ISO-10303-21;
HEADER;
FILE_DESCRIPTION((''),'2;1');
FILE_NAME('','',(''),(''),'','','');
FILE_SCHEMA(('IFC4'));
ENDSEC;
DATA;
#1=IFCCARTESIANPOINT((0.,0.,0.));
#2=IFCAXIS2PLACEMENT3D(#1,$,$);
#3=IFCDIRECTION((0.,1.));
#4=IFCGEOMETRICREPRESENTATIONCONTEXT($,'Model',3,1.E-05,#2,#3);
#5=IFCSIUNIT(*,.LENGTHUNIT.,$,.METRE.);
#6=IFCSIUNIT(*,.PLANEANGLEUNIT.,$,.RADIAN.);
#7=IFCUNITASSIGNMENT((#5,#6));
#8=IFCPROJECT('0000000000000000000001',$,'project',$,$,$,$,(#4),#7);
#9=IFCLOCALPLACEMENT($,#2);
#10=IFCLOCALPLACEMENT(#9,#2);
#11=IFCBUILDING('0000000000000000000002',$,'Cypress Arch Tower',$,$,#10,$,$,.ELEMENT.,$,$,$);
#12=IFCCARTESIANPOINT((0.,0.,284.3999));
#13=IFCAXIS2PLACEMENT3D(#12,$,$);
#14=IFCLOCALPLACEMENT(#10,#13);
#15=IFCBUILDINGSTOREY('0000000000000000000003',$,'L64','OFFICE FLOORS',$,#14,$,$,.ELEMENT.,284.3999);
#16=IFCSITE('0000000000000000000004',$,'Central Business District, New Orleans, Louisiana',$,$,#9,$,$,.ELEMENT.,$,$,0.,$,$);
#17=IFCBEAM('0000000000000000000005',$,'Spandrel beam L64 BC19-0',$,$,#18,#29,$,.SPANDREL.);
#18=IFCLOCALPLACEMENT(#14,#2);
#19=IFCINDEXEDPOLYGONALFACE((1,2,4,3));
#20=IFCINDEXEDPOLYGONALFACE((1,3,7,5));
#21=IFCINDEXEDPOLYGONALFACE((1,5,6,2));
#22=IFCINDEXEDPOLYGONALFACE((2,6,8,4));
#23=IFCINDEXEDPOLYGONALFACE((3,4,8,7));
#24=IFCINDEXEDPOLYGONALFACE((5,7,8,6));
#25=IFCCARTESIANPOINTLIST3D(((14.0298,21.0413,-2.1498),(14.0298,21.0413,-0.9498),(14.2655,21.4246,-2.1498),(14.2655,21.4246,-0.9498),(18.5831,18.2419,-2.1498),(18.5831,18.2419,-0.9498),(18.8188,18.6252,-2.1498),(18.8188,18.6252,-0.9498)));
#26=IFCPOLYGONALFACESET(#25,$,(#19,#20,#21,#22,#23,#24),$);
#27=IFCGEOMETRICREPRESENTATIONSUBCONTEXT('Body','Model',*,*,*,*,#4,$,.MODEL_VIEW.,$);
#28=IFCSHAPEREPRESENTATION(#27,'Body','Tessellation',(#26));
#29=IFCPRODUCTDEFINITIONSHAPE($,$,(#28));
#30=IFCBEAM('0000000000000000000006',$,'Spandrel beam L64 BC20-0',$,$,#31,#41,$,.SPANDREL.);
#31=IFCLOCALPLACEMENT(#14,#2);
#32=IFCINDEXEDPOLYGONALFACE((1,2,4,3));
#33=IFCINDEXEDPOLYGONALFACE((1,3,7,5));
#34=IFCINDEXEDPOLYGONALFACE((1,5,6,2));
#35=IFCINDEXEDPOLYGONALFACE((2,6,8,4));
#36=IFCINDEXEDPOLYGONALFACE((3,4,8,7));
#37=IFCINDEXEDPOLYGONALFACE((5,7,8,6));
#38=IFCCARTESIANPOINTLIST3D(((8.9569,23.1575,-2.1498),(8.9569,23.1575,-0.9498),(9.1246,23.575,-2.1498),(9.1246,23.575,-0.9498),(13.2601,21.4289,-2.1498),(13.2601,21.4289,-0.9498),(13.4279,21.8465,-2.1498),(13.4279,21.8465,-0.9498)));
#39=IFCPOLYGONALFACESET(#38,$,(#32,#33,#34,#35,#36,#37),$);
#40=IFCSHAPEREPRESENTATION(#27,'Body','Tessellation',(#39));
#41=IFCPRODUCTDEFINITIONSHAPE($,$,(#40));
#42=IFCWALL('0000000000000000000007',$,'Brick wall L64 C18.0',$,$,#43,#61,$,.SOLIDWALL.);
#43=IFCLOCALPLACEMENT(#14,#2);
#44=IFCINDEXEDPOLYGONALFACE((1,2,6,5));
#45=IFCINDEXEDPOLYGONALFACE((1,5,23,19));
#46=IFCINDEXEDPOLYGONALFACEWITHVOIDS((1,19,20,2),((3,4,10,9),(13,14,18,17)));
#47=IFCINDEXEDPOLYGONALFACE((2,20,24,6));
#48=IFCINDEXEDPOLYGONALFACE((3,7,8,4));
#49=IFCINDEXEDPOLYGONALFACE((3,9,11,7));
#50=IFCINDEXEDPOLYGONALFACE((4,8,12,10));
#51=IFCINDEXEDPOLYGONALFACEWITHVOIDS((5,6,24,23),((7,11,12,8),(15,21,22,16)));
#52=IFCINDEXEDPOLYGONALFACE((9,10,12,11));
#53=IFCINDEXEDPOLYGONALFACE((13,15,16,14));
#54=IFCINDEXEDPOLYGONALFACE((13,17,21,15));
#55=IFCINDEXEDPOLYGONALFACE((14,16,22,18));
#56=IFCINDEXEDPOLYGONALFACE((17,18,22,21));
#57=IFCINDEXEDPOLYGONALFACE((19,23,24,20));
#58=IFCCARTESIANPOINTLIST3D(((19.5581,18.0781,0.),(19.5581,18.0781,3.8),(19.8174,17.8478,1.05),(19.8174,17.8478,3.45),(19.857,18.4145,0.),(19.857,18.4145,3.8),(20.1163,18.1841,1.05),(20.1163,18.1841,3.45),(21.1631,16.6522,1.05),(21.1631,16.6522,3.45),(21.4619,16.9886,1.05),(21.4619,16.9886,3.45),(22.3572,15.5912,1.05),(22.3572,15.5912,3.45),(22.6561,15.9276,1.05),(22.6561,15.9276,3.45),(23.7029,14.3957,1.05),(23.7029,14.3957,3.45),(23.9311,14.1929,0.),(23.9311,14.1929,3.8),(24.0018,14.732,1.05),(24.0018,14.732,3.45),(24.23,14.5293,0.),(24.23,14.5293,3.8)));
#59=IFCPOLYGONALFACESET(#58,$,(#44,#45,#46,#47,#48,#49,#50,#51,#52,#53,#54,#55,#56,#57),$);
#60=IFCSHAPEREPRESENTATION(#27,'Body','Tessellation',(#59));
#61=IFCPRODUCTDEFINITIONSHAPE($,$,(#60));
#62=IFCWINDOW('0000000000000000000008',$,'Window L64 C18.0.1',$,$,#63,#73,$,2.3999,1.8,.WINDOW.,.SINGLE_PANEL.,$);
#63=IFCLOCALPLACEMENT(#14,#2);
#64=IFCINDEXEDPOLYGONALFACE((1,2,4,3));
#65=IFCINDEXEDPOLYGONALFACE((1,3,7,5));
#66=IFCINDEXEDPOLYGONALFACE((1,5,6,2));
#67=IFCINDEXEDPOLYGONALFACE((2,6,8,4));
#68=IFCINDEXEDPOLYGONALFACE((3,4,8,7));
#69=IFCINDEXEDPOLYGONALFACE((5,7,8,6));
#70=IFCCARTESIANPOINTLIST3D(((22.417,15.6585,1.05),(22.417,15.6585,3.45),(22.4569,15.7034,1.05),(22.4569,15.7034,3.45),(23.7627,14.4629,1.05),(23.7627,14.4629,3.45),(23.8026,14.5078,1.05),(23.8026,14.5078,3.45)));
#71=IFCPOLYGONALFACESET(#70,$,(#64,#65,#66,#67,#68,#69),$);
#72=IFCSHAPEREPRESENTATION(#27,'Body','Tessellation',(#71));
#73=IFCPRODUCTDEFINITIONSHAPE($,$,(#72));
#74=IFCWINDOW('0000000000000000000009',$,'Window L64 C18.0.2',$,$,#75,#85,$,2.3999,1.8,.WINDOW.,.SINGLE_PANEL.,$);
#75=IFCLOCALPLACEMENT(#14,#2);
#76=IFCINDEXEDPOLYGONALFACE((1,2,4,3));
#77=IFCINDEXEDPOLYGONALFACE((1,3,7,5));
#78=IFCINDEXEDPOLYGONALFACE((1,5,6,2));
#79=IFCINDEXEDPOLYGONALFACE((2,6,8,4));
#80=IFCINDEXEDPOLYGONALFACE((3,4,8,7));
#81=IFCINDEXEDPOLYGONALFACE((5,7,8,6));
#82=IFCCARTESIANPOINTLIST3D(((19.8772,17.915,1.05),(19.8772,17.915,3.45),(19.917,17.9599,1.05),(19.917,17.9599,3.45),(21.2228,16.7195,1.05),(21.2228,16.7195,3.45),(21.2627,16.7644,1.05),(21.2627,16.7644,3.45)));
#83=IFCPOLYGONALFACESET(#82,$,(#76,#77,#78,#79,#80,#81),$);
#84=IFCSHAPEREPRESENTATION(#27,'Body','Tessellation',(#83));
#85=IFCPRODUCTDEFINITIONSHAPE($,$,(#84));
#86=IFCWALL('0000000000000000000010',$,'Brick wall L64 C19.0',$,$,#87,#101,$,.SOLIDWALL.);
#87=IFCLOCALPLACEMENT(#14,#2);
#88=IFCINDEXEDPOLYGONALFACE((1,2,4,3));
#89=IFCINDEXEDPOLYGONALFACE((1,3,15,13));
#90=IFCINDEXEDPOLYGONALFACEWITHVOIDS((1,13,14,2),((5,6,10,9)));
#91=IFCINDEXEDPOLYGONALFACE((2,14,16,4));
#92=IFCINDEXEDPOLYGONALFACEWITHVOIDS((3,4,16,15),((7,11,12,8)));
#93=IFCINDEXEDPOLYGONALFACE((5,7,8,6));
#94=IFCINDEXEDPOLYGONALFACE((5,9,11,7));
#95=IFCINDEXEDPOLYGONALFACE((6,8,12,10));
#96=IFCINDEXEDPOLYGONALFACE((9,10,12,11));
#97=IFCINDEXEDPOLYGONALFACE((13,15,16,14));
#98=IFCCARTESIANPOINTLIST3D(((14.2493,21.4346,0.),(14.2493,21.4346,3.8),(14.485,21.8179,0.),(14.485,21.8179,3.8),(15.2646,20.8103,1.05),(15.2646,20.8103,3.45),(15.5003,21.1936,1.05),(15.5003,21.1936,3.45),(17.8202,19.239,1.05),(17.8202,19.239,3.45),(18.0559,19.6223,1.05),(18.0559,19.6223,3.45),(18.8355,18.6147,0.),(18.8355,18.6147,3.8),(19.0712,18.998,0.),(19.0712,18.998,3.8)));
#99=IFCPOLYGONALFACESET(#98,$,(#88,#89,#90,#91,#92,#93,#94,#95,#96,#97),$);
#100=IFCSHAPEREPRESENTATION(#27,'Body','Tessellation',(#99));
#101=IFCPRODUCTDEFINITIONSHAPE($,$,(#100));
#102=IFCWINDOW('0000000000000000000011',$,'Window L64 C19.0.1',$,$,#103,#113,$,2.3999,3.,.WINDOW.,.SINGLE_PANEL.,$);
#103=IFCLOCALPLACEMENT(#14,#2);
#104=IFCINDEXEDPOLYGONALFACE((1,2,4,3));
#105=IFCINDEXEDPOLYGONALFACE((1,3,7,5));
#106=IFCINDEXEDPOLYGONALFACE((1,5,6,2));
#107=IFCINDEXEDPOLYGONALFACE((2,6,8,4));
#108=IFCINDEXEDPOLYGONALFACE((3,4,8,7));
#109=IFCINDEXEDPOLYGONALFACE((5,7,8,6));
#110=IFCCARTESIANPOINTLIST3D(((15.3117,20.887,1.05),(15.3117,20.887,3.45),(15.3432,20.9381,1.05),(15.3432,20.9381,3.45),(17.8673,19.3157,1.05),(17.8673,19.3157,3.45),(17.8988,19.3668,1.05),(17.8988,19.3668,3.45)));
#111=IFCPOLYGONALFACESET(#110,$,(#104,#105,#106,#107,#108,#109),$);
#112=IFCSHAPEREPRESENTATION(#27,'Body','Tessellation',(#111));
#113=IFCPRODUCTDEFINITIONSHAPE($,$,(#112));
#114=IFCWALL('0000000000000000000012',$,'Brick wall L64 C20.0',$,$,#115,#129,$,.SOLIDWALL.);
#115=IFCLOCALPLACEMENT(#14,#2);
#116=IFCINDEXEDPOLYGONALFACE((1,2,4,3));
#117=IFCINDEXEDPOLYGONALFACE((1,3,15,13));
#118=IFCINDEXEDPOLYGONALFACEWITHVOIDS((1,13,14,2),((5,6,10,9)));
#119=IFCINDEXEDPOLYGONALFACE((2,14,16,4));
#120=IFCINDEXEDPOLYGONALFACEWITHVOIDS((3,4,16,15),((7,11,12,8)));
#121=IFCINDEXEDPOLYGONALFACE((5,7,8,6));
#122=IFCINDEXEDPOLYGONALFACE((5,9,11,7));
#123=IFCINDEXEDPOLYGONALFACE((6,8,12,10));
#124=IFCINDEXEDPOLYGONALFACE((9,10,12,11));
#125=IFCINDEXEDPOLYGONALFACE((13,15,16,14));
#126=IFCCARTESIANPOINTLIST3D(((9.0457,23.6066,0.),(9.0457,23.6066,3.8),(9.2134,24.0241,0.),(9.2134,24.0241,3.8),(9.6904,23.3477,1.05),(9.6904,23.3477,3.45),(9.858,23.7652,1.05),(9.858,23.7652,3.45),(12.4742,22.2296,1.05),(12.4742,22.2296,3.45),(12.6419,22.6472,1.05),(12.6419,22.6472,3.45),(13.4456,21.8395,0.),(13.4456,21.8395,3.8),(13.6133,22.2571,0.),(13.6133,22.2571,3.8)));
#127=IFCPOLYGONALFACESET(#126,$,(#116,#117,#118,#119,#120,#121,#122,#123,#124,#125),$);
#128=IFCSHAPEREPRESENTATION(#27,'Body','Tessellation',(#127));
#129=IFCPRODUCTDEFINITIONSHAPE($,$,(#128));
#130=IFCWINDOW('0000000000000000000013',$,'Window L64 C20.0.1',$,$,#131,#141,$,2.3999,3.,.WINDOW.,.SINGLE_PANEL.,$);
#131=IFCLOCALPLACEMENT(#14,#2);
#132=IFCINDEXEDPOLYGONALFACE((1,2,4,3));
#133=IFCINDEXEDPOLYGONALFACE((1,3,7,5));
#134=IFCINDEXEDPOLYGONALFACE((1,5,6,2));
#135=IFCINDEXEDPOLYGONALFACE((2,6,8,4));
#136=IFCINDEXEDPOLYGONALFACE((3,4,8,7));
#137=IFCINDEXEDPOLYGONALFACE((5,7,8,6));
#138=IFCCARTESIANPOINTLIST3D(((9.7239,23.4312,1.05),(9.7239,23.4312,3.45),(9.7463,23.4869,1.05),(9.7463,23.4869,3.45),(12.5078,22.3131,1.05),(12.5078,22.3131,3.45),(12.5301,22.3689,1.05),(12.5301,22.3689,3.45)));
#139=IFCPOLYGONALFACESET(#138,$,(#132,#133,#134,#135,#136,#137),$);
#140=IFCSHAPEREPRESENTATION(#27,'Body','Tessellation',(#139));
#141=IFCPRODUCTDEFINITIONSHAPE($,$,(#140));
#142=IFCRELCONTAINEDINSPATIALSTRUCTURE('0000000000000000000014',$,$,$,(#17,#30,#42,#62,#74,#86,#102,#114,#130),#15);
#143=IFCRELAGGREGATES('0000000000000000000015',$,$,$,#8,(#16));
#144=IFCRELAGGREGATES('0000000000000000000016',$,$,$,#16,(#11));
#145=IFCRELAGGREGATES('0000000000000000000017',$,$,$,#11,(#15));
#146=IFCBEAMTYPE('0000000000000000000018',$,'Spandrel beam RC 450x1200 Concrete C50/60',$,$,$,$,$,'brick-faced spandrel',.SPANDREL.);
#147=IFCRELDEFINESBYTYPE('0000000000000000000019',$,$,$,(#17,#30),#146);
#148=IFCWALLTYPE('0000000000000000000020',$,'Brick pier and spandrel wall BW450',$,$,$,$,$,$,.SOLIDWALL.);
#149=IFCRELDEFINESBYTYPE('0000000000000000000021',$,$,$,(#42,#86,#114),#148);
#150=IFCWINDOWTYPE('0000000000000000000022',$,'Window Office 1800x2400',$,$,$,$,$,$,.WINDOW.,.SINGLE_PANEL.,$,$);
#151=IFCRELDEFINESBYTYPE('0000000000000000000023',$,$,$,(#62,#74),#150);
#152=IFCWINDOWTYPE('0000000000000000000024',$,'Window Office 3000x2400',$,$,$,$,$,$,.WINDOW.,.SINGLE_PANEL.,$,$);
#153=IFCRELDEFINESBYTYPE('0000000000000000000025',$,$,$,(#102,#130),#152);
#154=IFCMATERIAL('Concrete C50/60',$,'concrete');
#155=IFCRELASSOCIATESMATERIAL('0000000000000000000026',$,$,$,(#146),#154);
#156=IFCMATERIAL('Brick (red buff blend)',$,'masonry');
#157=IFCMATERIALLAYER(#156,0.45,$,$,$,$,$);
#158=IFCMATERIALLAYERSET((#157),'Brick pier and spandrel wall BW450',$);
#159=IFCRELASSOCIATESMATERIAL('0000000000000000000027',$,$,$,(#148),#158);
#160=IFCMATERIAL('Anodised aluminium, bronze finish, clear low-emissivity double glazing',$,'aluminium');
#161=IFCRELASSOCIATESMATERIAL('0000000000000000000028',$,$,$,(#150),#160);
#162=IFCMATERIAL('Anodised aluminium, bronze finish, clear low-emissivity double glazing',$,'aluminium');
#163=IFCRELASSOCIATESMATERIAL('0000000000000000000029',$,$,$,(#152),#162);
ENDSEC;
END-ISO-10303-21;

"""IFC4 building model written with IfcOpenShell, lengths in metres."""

from ifc_helpers import new_model, si_unit, direction, frame, frame_2d, origin, origin_2d, place, context, subcontext, project, spatial, rectangle, extrude, material, layer, layer_set, material_profile, profile_set, type_object, element, fill, save


model = new_model("IFC4")

# Units and contexts
model_context = context("Model", 3, precision=1e-05, world=origin(), true_north=direction((0.0, 1.0)))
body_context = subcontext(model_context, "Body", "Model", "MODEL_VIEW")
ifc_project = project(units=[si_unit("LENGTHUNIT", "METRE"), si_unit("PLANEANGLEUNIT", "RADIAN")], contexts=[model_context])

# Site, building, storey
site_placement = place(None, origin())
site = spatial("IfcSite", under=ifc_project, at=site_placement, Name="Central Business District, New Orleans, Louisiana", CompositionType="ELEMENT", RefElevation=0.0)
building_placement = place(site_placement, origin())
building = spatial("IfcBuilding", under=site, at=building_placement, Name="Cypress Arch Tower", CompositionType="ELEMENT")
storey_placement = place(building_placement, frame((0.0, 0.0, 284.3999)))
storey = spatial("IfcBuildingStorey", under=building, at=storey_placement, Name="L64", Description="OFFICE FLOORS", CompositionType="ELEMENT", Elevation=284.3999)

# Beams
ifc_material_1 = material(Name="Concrete C50/60", Category="concrete")
ifc_material_profile_1 = material_profile(ifc_material_1, rectangle(XDim=0.45, YDim=1.2, at=origin_2d()), Name="RC 450x1200")
ifc_profile_set_1 = profile_set([ifc_material_profile_1], Name="Concrete C50/60")
beam_type_1 = type_object("IfcBeamType", Name="Spandrel beam RC 450x1200 Concrete C50/60", ElementType="brick-faced spandrel", PredefinedType="SPANDREL", material=ifc_profile_set_1)
beam_1_placement = place(storey_placement, frame((18.7009, 18.4336, -1.5498), z_axis=(-0.851881, 0.523735, 0.0), x_axis=(-0.523735, -0.851881, 0.0)))
element("IfcBeam", 1, at=beam_1_placement, inside=storey, type_object=beam_type_1, Name="Spandrel beam L64 BC19-0", PredefinedType="SPANDREL", context=body_context, shape_type="SweptSolid", body=[
    extrude(rectangle(XDim=0.45, YDim=1.2, at=origin_2d()), origin(), (0.0, 0.0, 1.0), 5.345),
])
beam_2_placement = place(storey_placement, frame((13.344, 21.6377, -1.5498), z_axis=(-0.927938, 0.372734, 0.0), x_axis=(-0.372734, -0.927938, 0.0)))
element("IfcBeam", 2, at=beam_2_placement, inside=storey, type_object=beam_type_1, Name="Spandrel beam L64 BC20-0", PredefinedType="SPANDREL", context=body_context, shape_type="SweptSolid", body=[
    extrude(rectangle(XDim=0.45, YDim=1.2, at=origin_2d()), origin(), (0.0, 0.0, 1.0), 4.6375),
])

# Wall, openings, windows
ifc_material_2 = material(Name="Brick (red buff blend)", Category="masonry")
ifc_layer_1 = layer(ifc_material_2, 0.45)
ifc_layer_set_1 = layer_set([ifc_layer_1], Name="Brick pier and spandrel wall BW450")
wall_type_1 = type_object("IfcWallType", Name="Brick pier and spandrel wall BW450", PredefinedType="SOLIDWALL", material=ifc_layer_set_1)
wall_1_placement = place(storey_placement, frame((24.0806, 14.3611, 0.0), z_axis=(0.0, 0.0, 1.0), x_axis=(-0.74757, 0.664182, 0.0)))
wall_1 = element("IfcWall", 3, at=wall_1_placement, inside=storey, type_object=wall_type_1, Name="Brick wall L64 C18.0", PredefinedType="SOLIDWALL", context=body_context, shape_type="SweptSolid", body=[
    extrude(rectangle(XDim=5.8496, YDim=0.45, at=frame_2d((2.9248, 0.0))), origin(), (0.0, 0.0, 1.0), 3.8),
])
opening_1_placement = place(wall_1_placement, frame((0.3054, 0.0, 1.05)))
opening_1 = element("IfcOpeningElement", 4, at=opening_1_placement, cuts=wall_1, PredefinedType="OPENING", context=body_context, shape_type="SweptSolid", body=[
    extrude(rectangle(XDim=1.8, YDim=2.3999, at=frame_2d((0.8999, 1.2))), frame((0.0, 0.2349, 0.0), z_axis=(0.0, -1.0, 0.0), x_axis=(1.0, 0.0, 0.0)), (0.0, 0.0, 1.0), 0.47),
])
opening_2_placement = place(wall_1_placement, frame((3.7029, 0.0, 1.05)))
opening_2 = element("IfcOpeningElement", 5, at=opening_2_placement, cuts=wall_1, PredefinedType="OPENING", context=body_context, shape_type="SweptSolid", body=[
    extrude(rectangle(XDim=1.8, YDim=2.3999, at=frame_2d((0.8999, 1.2))), frame((0.0, 0.2349, 0.0), z_axis=(0.0, -1.0, 0.0), x_axis=(1.0, 0.0, 0.0)), (0.0, 0.0, 1.0), 0.47),
])
ifc_material_3 = material(Name="Anodised aluminium, bronze finish, clear low-emissivity double glazing", Category="aluminium")
window_type_1 = type_object("IfcWindowType", Name="Window Office 1800x2400", PartitioningType="SINGLE_PANEL", PredefinedType="WINDOW", material=ifc_material_3)
window_1_placement = place(opening_1_placement, origin())
window_1 = element("IfcWindow", 6, at=window_1_placement, inside=storey, type_object=window_type_1, Name="Window L64 C18.0.1", OverallHeight=2.3999, OverallWidth=1.8, PartitioningType="SINGLE_PANEL", PredefinedType="WINDOW", context=body_context, shape_type="SweptSolid", body=[
    extrude(rectangle(XDim=1.8, YDim=2.3999, at=frame_2d((0.8999, 1.2))), frame((0.0, 0.135, 0.0), z_axis=(0.0, -1.0, 0.0), x_axis=(1.0, 0.0, 0.0)), (0.0, 0.0, 1.0), 0.0601),
])
fill(opening_1, window_1)
window_2_placement = place(opening_2_placement, origin())
window_2 = element("IfcWindow", 7, at=window_2_placement, inside=storey, type_object=window_type_1, Name="Window L64 C18.0.2", OverallHeight=2.3999, OverallWidth=1.8, PartitioningType="SINGLE_PANEL", PredefinedType="WINDOW", context=body_context, shape_type="SweptSolid", body=[
    extrude(rectangle(XDim=1.8, YDim=2.3999, at=frame_2d((0.8999, 1.2))), frame((0.0, 0.135, 0.0), z_axis=(0.0, -1.0, 0.0), x_axis=(1.0, 0.0, 0.0)), (0.0, 0.0, 1.0), 0.0601),
])
fill(opening_2, window_2)

# Walls, openings, windows
wall_2_placement = place(storey_placement, frame((18.9534, 18.8064, 0.0), z_axis=(0.0, 0.0, 1.0), x_axis=(-0.851861, 0.523768, 0.0)))
wall_2 = element("IfcWall", 8, at=wall_2_placement, inside=storey, type_object=wall_type_1, Name="Brick wall L64 C19.0", PredefinedType="SOLIDWALL", context=body_context, shape_type="SweptSolid", body=[
    extrude(rectangle(XDim=5.3838, YDim=0.45, at=frame_2d((2.6919, 0.0))), origin(), (0.0, 0.0, 1.0), 3.8),
])
opening_3_placement = place(wall_2_placement, frame((1.1919, 0.0, 1.05)))
opening_3 = element("IfcOpeningElement", 9, at=opening_3_placement, cuts=wall_2, PredefinedType="OPENING", context=body_context, shape_type="SweptSolid", body=[
    extrude(rectangle(XDim=3.0, YDim=2.3999, at=frame_2d((1.5, 1.2))), frame((0.0, 0.2349, 0.0), z_axis=(0.0, -1.0, 0.0), x_axis=(1.0, 0.0, 0.0)), (0.0, 0.0, 1.0), 0.47),
])
ifc_material_4 = material(Name="Anodised aluminium, bronze finish, clear low-emissivity double glazing", Category="aluminium")
window_type_2 = type_object("IfcWindowType", Name="Window Office 3000x2400", PartitioningType="SINGLE_PANEL", PredefinedType="WINDOW", material=ifc_material_4)
window_3_placement = place(opening_3_placement, origin())
window_3 = element("IfcWindow", 10, at=window_3_placement, inside=storey, type_object=window_type_2, Name="Window L64 C19.0.1", OverallHeight=2.3999, OverallWidth=3.0, PartitioningType="SINGLE_PANEL", PredefinedType="WINDOW", context=body_context, shape_type="SweptSolid", body=[
    extrude(rectangle(XDim=3.0, YDim=2.3999, at=frame_2d((1.5, 1.2))), frame((0.0, 0.135, 0.0), z_axis=(0.0, -1.0, 0.0), x_axis=(1.0, 0.0, 0.0)), (0.0, 0.0, 1.0), 0.0601),
])
fill(opening_3, window_3)
wall_3_placement = place(storey_placement, frame((13.5293, 22.0483, 0.0), z_axis=(0.0, 0.0, 1.0), x_axis=(-0.927957, 0.372686, 0.0)))
wall_3 = element("IfcWall", 11, at=wall_3_placement, inside=storey, type_object=wall_type_1, Name="Brick wall L64 C20.0", PredefinedType="SOLIDWALL", context=body_context, shape_type="SweptSolid", body=[
    extrude(rectangle(XDim=4.7415, YDim=0.45, at=frame_2d((2.3706, 0.0))), origin(), (0.0, 0.0, 1.0), 3.8),
])
opening_4_placement = place(wall_3_placement, frame((1.0466, 0.0, 1.05)))
opening_4 = element("IfcOpeningElement", 12, at=opening_4_placement, cuts=wall_3, PredefinedType="OPENING", context=body_context, shape_type="SweptSolid", body=[
    extrude(rectangle(XDim=3.0, YDim=2.3999, at=frame_2d((1.5, 1.2))), frame((0.0, 0.2349, 0.0), z_axis=(0.0, -1.0, 0.0), x_axis=(1.0, 0.0, 0.0)), (0.0, 0.0, 1.0), 0.47),
])
window_4_placement = place(opening_4_placement, origin())
window_4 = element("IfcWindow", 13, at=window_4_placement, inside=storey, type_object=window_type_2, Name="Window L64 C20.0.1", OverallHeight=2.3999, OverallWidth=3.0, PartitioningType="SINGLE_PANEL", PredefinedType="WINDOW", context=body_context, shape_type="SweptSolid", body=[
    extrude(rectangle(XDim=3.0, YDim=2.3999, at=frame_2d((1.5, 1.2))), frame((0.0, 0.135, 0.0), z_axis=(0.0, -1.0, 0.0), x_axis=(1.0, 0.0, 0.0)), (0.0, 0.0, 1.0), 0.0601),
])
fill(opening_4, window_4)

save(model, "model.ifc")
